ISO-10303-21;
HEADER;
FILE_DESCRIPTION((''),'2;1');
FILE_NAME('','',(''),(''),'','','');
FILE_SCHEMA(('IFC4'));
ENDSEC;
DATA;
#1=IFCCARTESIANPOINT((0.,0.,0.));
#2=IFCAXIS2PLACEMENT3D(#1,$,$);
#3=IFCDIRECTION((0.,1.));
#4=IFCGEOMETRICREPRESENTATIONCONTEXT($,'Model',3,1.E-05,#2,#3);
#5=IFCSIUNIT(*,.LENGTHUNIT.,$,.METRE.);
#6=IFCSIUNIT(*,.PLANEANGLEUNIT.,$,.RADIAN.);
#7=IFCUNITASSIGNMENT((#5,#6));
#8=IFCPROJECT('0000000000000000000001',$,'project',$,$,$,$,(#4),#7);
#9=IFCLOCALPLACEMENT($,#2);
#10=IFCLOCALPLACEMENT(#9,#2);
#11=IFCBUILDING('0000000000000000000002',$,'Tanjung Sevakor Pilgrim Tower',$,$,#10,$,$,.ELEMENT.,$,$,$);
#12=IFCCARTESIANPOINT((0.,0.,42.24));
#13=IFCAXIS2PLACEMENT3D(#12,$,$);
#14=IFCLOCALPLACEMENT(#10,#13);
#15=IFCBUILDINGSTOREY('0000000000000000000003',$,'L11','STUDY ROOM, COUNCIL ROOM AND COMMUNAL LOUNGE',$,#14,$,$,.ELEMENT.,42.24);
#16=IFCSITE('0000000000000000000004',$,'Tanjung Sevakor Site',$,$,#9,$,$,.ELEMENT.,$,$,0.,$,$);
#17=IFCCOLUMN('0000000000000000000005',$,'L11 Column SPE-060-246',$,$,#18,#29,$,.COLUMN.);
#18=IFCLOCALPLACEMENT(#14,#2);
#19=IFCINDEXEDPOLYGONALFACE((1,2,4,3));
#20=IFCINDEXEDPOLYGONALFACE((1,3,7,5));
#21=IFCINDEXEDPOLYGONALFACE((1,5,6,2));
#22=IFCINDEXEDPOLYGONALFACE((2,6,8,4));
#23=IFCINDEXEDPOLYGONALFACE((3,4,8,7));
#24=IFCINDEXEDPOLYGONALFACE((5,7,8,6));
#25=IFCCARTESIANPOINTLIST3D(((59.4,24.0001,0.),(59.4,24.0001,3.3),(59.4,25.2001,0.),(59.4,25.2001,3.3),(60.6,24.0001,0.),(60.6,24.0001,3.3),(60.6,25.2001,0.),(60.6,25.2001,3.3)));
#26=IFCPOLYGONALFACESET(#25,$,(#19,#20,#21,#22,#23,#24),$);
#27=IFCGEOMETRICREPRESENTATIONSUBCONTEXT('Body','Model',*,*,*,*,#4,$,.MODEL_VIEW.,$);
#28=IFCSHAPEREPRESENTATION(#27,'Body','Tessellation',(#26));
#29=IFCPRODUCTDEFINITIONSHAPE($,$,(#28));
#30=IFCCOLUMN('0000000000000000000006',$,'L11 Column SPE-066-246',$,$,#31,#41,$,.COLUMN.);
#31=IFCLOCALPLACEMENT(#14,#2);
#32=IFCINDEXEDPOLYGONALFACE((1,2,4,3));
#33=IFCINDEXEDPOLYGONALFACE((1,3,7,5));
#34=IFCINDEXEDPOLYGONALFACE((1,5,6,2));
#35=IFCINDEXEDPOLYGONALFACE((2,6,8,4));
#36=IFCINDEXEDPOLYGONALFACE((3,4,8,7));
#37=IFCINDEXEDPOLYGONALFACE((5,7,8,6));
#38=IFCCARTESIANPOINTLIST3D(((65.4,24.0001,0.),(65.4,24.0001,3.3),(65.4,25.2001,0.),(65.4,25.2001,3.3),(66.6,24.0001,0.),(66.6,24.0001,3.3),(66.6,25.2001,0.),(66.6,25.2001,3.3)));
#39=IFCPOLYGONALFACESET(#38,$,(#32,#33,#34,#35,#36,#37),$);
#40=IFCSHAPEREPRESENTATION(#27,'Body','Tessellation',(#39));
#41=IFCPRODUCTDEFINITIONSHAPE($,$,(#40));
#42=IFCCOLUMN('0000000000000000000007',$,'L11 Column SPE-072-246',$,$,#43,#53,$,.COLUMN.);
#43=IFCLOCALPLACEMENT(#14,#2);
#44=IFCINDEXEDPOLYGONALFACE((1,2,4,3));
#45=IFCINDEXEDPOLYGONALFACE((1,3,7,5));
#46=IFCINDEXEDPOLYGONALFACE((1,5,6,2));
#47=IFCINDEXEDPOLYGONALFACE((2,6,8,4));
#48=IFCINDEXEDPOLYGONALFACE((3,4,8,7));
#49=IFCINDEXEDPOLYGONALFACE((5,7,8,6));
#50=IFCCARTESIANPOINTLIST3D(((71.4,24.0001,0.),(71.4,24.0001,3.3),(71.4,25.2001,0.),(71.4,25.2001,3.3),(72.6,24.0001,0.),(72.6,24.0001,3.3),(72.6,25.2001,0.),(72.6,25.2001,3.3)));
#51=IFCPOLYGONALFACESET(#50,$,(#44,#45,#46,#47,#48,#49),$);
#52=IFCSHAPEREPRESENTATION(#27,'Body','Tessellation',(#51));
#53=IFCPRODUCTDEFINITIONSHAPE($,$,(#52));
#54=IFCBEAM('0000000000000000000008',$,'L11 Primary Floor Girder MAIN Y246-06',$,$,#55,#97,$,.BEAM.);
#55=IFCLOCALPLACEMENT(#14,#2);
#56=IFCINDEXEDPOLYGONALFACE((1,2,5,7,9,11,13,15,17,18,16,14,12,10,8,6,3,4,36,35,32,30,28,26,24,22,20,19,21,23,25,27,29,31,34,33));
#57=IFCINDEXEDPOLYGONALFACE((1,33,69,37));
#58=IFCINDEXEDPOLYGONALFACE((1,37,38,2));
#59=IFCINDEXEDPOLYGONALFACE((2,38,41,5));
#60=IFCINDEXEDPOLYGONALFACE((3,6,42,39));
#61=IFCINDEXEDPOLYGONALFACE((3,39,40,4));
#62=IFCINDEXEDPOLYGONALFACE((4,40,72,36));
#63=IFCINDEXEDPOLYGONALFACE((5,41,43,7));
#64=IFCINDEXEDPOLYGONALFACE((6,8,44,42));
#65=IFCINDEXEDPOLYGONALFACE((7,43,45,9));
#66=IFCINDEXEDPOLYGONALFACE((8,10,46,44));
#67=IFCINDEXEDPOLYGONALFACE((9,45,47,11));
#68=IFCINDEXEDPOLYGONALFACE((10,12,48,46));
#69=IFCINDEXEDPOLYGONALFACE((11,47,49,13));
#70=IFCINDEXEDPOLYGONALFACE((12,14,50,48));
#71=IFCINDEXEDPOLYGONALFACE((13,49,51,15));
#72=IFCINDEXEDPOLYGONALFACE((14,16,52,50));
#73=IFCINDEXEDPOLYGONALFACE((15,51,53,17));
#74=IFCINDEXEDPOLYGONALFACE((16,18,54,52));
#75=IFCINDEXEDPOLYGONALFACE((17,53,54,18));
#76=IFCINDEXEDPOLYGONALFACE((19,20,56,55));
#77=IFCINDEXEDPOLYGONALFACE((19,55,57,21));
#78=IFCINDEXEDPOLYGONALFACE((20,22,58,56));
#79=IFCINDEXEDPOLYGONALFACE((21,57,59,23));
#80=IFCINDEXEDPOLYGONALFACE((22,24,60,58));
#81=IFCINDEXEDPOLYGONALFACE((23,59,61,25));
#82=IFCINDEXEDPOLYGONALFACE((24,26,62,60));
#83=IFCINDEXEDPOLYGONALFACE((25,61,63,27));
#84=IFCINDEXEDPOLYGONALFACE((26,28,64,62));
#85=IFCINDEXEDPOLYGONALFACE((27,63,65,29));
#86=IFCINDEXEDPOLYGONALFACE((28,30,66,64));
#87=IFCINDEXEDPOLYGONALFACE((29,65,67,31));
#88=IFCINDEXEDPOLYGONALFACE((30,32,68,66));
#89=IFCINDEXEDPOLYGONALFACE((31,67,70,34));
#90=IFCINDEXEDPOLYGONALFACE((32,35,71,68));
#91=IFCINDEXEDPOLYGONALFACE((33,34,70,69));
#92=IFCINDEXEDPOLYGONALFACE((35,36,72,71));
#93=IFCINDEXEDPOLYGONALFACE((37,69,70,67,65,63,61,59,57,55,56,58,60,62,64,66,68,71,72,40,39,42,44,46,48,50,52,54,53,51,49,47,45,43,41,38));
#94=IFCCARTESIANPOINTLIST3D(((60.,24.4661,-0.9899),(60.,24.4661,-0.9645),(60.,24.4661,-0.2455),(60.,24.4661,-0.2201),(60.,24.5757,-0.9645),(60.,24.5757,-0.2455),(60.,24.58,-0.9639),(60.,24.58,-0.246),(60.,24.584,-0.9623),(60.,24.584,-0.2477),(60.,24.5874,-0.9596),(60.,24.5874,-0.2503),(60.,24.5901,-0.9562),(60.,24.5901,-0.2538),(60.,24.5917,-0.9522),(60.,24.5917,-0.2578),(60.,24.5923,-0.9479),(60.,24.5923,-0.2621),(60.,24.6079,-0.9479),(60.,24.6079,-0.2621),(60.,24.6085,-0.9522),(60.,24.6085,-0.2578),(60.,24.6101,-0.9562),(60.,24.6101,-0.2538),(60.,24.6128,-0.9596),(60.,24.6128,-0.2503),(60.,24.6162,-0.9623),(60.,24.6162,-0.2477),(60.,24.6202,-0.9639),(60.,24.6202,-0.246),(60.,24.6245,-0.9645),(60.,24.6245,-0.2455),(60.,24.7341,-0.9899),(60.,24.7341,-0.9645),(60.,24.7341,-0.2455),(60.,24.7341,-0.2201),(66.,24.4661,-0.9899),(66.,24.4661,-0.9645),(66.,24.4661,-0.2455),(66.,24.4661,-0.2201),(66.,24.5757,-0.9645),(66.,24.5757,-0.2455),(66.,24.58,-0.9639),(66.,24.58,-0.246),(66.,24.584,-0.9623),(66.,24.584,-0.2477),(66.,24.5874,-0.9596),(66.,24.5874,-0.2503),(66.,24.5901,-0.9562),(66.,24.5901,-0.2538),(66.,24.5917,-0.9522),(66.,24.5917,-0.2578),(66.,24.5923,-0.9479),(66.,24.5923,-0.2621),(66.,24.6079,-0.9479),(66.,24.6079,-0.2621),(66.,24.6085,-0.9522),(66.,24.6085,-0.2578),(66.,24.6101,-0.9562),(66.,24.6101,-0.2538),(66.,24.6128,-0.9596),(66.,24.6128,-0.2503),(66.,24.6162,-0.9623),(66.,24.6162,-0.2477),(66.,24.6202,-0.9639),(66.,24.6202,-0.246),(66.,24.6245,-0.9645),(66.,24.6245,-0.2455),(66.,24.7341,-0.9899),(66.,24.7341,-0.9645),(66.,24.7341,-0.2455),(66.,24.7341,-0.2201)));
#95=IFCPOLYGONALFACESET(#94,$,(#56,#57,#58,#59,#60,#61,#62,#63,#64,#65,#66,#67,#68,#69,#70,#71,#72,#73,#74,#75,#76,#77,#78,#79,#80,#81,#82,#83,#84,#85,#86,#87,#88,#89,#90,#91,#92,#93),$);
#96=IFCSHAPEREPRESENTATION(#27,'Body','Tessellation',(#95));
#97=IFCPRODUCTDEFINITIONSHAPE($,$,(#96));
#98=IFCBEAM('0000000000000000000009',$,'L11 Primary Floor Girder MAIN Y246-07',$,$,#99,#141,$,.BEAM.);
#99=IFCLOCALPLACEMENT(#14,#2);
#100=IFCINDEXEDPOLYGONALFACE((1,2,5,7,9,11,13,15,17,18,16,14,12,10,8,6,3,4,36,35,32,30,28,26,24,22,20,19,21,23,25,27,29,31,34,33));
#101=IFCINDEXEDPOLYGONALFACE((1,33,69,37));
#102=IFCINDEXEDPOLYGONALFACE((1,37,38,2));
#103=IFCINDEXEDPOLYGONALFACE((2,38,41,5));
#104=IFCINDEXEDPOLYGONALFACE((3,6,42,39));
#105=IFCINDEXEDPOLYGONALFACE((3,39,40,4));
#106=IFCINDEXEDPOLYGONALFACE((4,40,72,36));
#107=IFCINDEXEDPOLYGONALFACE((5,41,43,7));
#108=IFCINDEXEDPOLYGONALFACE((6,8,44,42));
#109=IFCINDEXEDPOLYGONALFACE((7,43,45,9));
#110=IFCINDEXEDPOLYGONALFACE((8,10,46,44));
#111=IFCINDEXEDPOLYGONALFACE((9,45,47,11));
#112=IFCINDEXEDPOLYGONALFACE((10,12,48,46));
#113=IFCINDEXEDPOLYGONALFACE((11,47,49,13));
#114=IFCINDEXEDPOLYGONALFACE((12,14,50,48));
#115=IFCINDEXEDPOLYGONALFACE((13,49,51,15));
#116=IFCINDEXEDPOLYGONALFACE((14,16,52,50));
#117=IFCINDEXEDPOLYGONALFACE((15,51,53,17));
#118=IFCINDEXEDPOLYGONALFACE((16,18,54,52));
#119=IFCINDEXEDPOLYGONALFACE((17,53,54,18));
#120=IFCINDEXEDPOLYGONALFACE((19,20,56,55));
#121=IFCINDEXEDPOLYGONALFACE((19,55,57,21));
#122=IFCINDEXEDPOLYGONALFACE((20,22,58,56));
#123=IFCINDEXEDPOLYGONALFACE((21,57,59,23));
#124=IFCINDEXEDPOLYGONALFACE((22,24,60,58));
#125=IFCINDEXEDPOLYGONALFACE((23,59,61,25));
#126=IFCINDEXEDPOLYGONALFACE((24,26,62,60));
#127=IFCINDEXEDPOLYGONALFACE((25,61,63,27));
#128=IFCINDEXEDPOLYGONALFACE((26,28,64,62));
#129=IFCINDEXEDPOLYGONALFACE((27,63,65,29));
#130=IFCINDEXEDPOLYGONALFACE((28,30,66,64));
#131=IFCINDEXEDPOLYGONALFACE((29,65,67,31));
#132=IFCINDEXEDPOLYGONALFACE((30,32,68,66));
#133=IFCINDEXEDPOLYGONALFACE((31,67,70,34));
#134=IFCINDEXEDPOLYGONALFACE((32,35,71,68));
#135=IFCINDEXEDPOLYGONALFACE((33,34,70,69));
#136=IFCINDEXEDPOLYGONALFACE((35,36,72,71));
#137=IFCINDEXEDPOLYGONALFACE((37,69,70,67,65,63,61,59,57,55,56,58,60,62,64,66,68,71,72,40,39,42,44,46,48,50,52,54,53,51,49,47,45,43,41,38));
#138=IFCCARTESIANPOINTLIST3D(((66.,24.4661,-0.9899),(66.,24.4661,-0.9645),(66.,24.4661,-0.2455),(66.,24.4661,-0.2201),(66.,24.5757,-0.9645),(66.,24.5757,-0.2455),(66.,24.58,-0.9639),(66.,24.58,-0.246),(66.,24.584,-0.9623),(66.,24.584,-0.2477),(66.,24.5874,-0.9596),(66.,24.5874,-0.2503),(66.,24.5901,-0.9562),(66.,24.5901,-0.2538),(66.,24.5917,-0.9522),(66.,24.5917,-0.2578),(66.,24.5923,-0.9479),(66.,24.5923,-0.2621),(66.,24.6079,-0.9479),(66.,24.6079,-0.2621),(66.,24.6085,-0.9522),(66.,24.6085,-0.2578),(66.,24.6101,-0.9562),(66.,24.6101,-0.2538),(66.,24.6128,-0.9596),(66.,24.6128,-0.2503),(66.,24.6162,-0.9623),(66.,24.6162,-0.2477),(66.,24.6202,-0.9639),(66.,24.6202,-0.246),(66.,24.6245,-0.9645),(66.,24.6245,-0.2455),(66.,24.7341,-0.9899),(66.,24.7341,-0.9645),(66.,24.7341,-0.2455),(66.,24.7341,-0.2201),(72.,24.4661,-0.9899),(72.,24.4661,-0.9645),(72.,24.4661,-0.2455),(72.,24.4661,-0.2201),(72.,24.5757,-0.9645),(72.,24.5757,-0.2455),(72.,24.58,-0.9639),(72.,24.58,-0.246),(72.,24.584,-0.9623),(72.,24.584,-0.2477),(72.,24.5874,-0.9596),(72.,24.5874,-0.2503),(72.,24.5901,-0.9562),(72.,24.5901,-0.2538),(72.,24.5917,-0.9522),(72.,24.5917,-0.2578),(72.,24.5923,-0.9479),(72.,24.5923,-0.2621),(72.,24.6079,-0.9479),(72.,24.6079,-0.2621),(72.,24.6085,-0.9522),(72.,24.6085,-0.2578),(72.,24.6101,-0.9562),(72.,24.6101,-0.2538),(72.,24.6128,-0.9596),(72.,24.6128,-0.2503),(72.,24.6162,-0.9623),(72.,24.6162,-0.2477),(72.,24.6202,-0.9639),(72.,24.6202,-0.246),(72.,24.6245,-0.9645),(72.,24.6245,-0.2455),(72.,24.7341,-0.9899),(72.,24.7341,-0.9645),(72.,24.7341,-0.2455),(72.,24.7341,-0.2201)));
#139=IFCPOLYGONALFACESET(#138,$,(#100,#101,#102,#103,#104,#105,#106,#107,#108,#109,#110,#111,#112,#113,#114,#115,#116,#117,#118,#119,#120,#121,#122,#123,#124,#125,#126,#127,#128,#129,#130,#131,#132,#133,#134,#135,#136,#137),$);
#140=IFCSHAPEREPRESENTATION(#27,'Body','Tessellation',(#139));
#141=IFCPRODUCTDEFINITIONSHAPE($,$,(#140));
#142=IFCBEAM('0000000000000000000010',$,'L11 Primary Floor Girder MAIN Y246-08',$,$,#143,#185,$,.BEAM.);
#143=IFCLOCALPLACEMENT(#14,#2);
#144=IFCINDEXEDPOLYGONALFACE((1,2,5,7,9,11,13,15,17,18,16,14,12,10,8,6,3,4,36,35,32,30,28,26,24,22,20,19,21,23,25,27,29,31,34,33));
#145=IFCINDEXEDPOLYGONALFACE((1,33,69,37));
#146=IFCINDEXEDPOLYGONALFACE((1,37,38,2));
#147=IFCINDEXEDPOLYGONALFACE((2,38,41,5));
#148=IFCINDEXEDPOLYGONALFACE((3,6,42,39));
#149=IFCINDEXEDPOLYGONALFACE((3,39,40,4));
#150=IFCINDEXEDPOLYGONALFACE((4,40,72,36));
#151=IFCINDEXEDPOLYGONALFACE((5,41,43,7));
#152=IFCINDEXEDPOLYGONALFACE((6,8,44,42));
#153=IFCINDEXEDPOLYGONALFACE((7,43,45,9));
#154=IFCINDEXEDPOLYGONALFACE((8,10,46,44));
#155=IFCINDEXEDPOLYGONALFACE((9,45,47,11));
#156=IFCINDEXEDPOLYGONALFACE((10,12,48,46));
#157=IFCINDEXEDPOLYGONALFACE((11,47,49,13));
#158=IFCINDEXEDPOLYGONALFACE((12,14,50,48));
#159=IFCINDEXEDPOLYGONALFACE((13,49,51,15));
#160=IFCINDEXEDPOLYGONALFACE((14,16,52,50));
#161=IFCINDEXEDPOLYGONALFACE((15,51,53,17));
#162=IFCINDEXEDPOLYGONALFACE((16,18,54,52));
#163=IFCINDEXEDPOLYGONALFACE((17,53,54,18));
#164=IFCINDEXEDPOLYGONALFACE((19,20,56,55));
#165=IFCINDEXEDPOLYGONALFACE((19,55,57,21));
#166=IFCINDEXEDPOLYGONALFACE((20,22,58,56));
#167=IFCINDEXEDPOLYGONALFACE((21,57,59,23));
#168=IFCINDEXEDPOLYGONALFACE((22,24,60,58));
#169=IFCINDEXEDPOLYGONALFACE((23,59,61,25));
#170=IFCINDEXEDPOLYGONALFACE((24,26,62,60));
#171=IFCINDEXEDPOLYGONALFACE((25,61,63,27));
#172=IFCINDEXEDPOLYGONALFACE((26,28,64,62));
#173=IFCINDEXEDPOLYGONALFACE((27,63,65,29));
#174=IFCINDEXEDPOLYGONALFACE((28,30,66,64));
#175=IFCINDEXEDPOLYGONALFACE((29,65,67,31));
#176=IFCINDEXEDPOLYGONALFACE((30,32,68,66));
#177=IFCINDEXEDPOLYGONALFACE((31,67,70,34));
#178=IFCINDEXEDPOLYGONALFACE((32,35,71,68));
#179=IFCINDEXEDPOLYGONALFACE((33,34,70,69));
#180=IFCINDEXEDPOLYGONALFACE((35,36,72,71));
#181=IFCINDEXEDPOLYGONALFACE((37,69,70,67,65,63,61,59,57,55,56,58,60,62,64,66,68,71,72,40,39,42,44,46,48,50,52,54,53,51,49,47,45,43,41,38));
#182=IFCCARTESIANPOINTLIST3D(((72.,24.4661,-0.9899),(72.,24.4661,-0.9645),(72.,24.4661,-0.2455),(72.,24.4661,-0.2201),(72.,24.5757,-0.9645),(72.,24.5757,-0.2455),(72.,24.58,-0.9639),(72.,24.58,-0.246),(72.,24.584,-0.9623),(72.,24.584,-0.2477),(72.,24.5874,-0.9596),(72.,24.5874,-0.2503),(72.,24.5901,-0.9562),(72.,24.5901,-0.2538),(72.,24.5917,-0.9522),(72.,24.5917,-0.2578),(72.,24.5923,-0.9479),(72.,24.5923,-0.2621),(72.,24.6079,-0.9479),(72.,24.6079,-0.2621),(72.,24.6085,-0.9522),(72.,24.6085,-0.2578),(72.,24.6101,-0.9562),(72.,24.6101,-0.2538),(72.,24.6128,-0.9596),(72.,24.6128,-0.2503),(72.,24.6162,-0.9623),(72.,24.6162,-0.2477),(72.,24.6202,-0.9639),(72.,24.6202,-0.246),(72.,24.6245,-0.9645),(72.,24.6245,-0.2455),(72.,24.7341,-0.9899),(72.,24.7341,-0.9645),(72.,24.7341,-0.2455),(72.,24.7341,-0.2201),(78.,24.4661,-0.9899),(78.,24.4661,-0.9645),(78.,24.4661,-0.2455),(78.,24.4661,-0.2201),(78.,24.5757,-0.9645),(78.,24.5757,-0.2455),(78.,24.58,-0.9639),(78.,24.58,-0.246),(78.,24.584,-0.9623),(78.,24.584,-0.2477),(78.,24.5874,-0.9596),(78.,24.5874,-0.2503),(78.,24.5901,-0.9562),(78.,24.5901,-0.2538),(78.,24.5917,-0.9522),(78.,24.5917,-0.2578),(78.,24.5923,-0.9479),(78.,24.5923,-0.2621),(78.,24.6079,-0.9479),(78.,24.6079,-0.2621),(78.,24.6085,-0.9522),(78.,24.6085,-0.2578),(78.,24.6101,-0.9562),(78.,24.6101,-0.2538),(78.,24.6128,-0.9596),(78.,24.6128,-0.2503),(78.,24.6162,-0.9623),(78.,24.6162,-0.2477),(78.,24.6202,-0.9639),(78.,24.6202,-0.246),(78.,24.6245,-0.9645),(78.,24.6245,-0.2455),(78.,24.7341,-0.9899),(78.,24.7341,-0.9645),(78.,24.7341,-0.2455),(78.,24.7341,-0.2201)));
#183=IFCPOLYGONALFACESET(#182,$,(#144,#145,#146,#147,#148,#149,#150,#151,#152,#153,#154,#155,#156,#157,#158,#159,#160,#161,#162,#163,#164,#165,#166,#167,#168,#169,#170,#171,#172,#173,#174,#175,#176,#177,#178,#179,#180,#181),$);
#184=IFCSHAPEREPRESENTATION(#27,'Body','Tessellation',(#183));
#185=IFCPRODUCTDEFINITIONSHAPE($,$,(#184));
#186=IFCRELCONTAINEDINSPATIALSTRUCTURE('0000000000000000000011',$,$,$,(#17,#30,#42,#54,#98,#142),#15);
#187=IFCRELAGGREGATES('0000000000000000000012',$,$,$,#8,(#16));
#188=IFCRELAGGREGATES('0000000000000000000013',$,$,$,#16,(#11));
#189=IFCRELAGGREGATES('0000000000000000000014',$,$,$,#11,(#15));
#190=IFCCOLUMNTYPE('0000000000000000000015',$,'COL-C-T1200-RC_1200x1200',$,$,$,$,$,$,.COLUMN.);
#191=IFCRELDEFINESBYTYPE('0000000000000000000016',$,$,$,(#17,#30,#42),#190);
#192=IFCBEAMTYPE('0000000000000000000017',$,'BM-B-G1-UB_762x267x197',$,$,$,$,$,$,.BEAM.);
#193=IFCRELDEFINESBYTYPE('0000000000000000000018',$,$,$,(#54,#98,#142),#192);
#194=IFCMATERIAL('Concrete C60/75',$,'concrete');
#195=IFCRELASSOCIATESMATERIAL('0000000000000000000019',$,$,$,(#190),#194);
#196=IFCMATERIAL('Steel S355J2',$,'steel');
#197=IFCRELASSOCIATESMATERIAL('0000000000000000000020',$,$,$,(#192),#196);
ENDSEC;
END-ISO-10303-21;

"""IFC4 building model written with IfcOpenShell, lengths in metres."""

from ifc_helpers import new_model, si_unit, direction, frame, origin, origin_2d, place, context, subcontext, project, spatial, rectangle, i_section, extrude, material, material_profile, profile_set, type_object, element, save


model = new_model("IFC4")

# Units and contexts
model_context = context("Model", 3, precision=1e-05, world=origin(), true_north=direction((0.0, 1.0)))
body_context = subcontext(model_context, "Body", "Model", "MODEL_VIEW")
ifc_project = project(units=[si_unit("LENGTHUNIT", "METRE"), si_unit("PLANEANGLEUNIT", "RADIAN")], contexts=[model_context])

# Site, building, storey
site_placement = place(None, origin())
site = spatial("IfcSite", under=ifc_project, at=site_placement, Name="Tanjung Sevakor Site", CompositionType="ELEMENT", RefElevation=0.0)
building_placement = place(site_placement, origin())
building = spatial("IfcBuilding", under=site, at=building_placement, Name="Tanjung Sevakor Pilgrim Tower", CompositionType="ELEMENT")
storey_placement = place(building_placement, frame((0.0, 0.0, 42.24)))
storey = spatial("IfcBuildingStorey", under=building, at=storey_placement, Name="L11", Description="STUDY ROOM, COUNCIL ROOM AND COMMUNAL LOUNGE", CompositionType="ELEMENT", Elevation=42.24)

# Columns
ifc_material_1 = material(Name="Concrete C60/75", Category="concrete")
ifc_material_profile_1 = material_profile(ifc_material_1, rectangle(XDim=1.2, YDim=1.2, at=origin_2d()))
ifc_profile_set_1 = profile_set([ifc_material_profile_1], Name="Concrete C60/75")
column_type = type_object("IfcColumnType", Name="COL-C-T1200-RC_1200x1200", PredefinedType="COLUMN", material=ifc_profile_set_1)
for number, where, z_axis, x_axis, name in (
    (1, (60.0, 24.6001, 0.0), (0.0, 0.0, 1.0), (1.0, 0.0, 0.0), "L11 Column SPE-060-246"),
    (2, (66.0, 24.6001, 0.0), (0.0, 0.0, 1.0), (1.0, 0.0, 0.0), "L11 Column SPE-066-246"),
    (3, (72.0, 24.6001, 0.0), (0.0, 0.0, 1.0), (1.0, 0.0, 0.0), "L11 Column SPE-072-246"),
):
    element("IfcColumn", number, at=place(storey_placement, frame(where, z_axis=z_axis, x_axis=x_axis)), inside=storey, type_object=column_type, Name=name, PredefinedType="COLUMN", context=body_context, shape_type="SweptSolid", body=[
        extrude(rectangle(XDim=1.2, YDim=1.2, at=origin_2d()), origin(), (0.0, 0.0, 1.0), 3.3),
    ])

# Beams
ifc_material_2 = material(Name="Steel S355J2", Category="steel")
ifc_material_profile_2 = material_profile(ifc_material_2, i_section(OverallWidth=0.2681, OverallDepth=0.7698, WebThickness=0.0156, FlangeThickness=0.0254, FilletRadius=0.0166, at=origin_2d()))
ifc_profile_set_2 = profile_set([ifc_material_profile_2], Name="Steel S355J2")
beam_type_1 = type_object("IfcBeamType", Name="BM-B-G1-UB_762x267x197", PredefinedType="BEAM", material=ifc_profile_set_2)
for number, where, z_axis, x_axis, name in (
    (4, (60.0, 24.6001, -0.605), (1.0, 0.0, 0.0), (0.0, 1.0, 0.0), "L11 Primary Floor Girder MAIN Y246-06"),
    (5, (66.0, 24.6001, -0.605), (1.0, 0.0, 0.0), (0.0, 1.0, 0.0), "L11 Primary Floor Girder MAIN Y246-07"),
    (6, (72.0, 24.6001, -0.605), (1.0, 0.0, 0.0), (0.0, 1.0, 0.0), "L11 Primary Floor Girder MAIN Y246-08"),
):
    element("IfcBeam", number, at=place(storey_placement, frame(where, z_axis=z_axis, x_axis=x_axis)), inside=storey, type_object=beam_type_1, Name=name, PredefinedType="BEAM", context=body_context, shape_type="SweptSolid", body=[
        extrude(i_section(OverallWidth=0.2681, OverallDepth=0.7698, WebThickness=0.0156, FlangeThickness=0.0254, FilletRadius=0.0166, at=origin_2d()), origin(), (0.0, 0.0, 1.0), 6.0),
    ])

save(model, "model.ifc")
